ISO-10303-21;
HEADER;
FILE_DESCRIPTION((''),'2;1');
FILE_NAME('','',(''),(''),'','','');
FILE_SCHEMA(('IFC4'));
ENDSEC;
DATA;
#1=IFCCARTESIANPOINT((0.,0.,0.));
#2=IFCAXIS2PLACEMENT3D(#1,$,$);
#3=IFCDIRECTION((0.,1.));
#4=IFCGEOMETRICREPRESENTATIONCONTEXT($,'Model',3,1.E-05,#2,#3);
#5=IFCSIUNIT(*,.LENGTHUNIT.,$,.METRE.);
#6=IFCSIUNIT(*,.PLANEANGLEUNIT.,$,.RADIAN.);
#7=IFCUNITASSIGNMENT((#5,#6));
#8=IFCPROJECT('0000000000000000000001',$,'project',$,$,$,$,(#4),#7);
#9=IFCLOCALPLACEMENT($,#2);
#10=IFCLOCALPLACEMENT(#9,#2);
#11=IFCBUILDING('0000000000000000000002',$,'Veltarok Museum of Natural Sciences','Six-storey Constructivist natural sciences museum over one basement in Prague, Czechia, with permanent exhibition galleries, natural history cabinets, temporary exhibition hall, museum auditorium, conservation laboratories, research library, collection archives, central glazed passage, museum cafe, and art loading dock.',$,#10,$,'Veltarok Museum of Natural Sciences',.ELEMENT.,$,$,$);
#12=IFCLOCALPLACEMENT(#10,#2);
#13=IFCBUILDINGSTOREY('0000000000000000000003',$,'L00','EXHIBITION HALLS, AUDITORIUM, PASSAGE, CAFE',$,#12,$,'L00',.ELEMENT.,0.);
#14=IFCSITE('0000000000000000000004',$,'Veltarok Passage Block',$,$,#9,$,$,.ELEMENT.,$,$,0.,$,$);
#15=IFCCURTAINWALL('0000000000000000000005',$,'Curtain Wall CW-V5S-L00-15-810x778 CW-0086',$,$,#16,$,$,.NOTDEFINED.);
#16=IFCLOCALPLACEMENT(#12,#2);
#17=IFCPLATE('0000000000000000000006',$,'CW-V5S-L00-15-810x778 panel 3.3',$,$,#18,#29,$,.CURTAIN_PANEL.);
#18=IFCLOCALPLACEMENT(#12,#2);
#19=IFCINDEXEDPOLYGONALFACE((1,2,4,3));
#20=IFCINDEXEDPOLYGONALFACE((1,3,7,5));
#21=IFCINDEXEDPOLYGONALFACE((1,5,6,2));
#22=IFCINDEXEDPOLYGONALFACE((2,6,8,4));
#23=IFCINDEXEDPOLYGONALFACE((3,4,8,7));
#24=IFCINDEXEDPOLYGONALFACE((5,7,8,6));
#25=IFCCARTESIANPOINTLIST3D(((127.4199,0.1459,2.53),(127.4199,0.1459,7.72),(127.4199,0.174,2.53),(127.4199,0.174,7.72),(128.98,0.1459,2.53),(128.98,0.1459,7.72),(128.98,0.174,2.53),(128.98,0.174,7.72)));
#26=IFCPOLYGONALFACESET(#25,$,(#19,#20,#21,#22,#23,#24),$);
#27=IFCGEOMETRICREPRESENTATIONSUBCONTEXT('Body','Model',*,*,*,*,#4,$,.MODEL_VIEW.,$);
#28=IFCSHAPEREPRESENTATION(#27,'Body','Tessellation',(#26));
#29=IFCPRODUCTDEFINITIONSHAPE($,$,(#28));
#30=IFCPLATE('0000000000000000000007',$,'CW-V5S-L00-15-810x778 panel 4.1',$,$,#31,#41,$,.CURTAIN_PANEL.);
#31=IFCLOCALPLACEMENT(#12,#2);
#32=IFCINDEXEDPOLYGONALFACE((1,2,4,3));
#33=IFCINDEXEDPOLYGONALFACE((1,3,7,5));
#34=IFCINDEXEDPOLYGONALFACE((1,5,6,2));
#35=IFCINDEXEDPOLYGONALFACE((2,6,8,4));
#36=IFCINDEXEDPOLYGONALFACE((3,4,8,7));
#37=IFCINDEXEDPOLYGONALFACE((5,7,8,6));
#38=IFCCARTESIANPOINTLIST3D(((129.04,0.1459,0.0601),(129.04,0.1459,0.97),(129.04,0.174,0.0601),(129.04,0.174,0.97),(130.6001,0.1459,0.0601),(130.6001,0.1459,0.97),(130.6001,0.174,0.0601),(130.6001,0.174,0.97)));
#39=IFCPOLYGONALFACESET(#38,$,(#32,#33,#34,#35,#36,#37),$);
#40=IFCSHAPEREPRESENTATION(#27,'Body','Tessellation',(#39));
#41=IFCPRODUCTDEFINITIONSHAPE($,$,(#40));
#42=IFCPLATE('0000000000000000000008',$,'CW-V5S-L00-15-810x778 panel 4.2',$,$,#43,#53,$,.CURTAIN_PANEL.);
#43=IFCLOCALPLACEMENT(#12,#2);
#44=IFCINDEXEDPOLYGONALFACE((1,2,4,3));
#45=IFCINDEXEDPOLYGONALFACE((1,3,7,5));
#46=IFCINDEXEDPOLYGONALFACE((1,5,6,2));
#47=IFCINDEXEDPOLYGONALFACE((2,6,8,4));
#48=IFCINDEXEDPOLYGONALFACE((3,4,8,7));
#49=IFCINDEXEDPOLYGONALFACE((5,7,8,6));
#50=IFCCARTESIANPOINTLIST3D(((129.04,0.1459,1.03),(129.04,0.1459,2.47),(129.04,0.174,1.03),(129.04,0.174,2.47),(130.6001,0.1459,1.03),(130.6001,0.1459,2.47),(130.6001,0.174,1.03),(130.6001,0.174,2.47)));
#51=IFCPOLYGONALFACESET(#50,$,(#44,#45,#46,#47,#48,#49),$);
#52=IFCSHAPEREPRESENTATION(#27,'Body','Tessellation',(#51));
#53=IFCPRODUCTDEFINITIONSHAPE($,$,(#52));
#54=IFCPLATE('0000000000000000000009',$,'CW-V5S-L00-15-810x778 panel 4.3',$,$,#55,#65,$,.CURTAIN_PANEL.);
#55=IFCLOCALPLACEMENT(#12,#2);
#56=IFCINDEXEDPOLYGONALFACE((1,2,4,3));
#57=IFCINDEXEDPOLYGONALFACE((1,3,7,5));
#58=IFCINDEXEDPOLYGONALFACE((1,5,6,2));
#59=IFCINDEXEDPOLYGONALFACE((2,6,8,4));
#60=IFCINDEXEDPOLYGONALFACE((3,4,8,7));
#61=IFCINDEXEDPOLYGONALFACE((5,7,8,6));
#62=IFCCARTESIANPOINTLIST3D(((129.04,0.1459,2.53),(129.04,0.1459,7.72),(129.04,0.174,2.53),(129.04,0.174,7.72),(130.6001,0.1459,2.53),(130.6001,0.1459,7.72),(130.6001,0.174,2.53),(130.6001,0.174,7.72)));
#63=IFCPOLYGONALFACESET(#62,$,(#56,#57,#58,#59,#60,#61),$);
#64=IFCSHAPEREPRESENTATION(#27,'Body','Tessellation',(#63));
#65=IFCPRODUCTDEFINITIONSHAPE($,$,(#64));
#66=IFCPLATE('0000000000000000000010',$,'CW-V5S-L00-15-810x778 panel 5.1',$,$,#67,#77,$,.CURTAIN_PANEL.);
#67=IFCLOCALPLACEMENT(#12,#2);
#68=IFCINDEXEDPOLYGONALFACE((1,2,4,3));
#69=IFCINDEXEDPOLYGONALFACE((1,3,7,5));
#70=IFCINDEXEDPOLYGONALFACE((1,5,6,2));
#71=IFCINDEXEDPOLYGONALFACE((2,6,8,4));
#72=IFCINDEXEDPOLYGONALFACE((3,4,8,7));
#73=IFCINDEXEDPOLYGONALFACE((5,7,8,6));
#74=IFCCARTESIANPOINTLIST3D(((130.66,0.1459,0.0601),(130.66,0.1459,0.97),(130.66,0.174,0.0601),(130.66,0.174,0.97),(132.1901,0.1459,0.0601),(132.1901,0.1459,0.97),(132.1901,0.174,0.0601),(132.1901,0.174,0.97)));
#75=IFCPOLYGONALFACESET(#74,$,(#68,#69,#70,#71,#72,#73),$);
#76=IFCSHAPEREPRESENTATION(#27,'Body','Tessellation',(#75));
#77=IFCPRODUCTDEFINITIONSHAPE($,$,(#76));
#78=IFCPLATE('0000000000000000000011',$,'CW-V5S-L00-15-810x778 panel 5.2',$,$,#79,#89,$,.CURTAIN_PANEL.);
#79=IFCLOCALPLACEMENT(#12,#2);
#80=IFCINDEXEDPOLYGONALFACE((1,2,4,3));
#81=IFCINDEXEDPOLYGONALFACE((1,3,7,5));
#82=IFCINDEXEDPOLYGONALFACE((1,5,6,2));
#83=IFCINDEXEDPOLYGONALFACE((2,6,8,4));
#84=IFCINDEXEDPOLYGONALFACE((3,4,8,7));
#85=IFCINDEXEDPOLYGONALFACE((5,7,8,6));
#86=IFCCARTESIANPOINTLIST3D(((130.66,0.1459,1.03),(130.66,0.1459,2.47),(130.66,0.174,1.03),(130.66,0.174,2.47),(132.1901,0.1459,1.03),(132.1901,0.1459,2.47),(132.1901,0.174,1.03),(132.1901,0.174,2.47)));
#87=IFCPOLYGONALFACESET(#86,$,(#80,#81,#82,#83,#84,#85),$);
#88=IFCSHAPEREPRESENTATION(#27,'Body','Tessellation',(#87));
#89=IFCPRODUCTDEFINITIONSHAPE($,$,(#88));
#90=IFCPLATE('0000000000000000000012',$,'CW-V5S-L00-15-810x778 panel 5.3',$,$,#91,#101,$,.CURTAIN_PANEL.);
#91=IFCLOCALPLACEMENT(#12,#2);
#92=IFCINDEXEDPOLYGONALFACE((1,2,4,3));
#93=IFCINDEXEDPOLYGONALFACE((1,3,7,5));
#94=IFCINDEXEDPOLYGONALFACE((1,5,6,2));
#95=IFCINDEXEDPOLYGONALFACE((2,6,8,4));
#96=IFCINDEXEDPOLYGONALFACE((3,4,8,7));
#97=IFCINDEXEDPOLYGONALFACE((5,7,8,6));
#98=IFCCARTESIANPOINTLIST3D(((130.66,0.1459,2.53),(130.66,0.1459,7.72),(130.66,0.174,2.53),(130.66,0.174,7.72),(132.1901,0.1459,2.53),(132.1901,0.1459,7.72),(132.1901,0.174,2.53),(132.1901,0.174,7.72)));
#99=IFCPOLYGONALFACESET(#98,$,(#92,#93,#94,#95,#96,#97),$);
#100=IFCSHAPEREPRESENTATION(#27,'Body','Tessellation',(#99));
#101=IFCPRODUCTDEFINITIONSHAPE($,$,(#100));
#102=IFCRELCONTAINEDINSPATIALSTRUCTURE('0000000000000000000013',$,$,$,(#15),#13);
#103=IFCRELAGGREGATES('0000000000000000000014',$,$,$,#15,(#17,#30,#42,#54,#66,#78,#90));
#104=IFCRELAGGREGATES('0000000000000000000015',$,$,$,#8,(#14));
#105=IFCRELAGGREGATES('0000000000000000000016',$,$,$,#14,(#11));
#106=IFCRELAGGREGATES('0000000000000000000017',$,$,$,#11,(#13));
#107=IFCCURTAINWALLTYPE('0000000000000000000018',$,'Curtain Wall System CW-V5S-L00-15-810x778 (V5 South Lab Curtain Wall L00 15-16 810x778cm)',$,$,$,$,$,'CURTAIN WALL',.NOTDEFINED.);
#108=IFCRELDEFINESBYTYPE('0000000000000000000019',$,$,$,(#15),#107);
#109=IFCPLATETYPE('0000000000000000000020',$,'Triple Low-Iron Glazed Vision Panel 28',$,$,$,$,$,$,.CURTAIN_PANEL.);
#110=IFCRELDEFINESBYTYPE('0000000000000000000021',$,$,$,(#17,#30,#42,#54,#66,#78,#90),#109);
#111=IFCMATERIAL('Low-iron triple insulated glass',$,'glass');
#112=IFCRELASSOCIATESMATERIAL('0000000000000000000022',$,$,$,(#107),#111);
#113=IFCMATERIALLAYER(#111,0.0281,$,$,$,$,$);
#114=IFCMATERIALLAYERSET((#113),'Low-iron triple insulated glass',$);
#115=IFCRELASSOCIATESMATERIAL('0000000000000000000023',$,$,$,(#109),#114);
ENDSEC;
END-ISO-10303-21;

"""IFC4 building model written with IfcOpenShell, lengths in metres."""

from ifc_helpers import new_model, si_unit, direction, frame, origin, origin_2d, place, context, subcontext, project, spatial, rectangle, extrude, material, layer, layer_set, type_object, element, aggregate, save


model = new_model("IFC4")

# Units and contexts
model_context = context("Model", 3, precision=1e-05, world=origin(), true_north=direction((0.0, 1.0)))
body_context = subcontext(model_context, "Body", "Model", "MODEL_VIEW")
ifc_project = project(units=[si_unit("LENGTHUNIT", "METRE"), si_unit("PLANEANGLEUNIT", "RADIAN")], contexts=[model_context])

# Site, building, storey
site_placement = place(None, origin())
site = spatial("IfcSite", under=ifc_project, at=site_placement, Name="Veltarok Passage Block", CompositionType="ELEMENT", RefElevation=0.0)
building_placement = place(site_placement, origin())
building = spatial("IfcBuilding", under=site, at=building_placement, Name="Veltarok Museum of Natural Sciences", Description="Six-storey Constructivist natural sciences museum over one basement in Prague, Czechia, with permanent exhibition galleries, natural history cabinets, temporary exhibition hall, museum auditorium, conservation laboratories, research library, collection archives, central glazed passage, museum cafe, and art loading dock.", LongName="Veltarok Museum of Natural Sciences", CompositionType="ELEMENT")
storey_placement = place(building_placement, origin())
storey = spatial("IfcBuildingStorey", under=building, at=storey_placement, Name="L00", Description="EXHIBITION HALLS, AUDITORIUM, PASSAGE, CAFE", LongName="L00", CompositionType="ELEMENT", Elevation=0.0)

# Curtain wall
ifc_material_1 = material(Name="Low-iron triple insulated glass", Category="glass")
curtain_wall_type = type_object("IfcCurtainWallType", Name="Curtain Wall System CW-V5S-L00-15-810x778 (V5 South Lab Curtain Wall L00 15-16 810x778cm)", ElementType="CURTAIN WALL", PredefinedType="NOTDEFINED", material=ifc_material_1)
curtain_wall_placement = place(storey_placement, origin())
curtain_wall = element("IfcCurtainWall", 1, at=curtain_wall_placement, inside=storey, type_object=curtain_wall_type, Name="Curtain Wall CW-V5S-L00-15-810x778 CW-0086", PredefinedType="NOTDEFINED")

# Plates
ifc_layer = layer(ifc_material_1, 0.0281)
ifc_layer_set = layer_set([ifc_layer], Name="Low-iron triple insulated glass")
plate_type = type_object("IfcPlateType", Name="Triple Low-Iron Glazed Vision Panel 28", PredefinedType="CURTAIN_PANEL", material=ifc_layer_set)
plate_1_placement = place(storey_placement, frame((128.2, 0.1599, 2.53), z_axis=(0.0, 0.0, 1.0), x_axis=(1.0, 0.0, 0.0)))
plate_1 = element("IfcPlate", 2, at=plate_1_placement, type_object=plate_type, Name="CW-V5S-L00-15-810x778 panel 3.3", PredefinedType="CURTAIN_PANEL", context=body_context, shape_type="SweptSolid", body=[
    extrude(rectangle(XDim=1.5601, YDim=0.0281, at=origin_2d()), origin(), (0.0, 0.0, 1.0), 5.1899),
])
plate_2_placement = place(storey_placement, frame((129.8201, 0.1599, 0.0601), z_axis=(0.0, 0.0, 1.0), x_axis=(1.0, 0.0, 0.0)))
plate_2 = element("IfcPlate", 3, at=plate_2_placement, type_object=plate_type, Name="CW-V5S-L00-15-810x778 panel 4.1", PredefinedType="CURTAIN_PANEL", context=body_context, shape_type="SweptSolid", body=[
    extrude(rectangle(XDim=1.5601, YDim=0.0281, at=origin_2d()), origin(), (0.0, 0.0, 1.0), 0.9099),
])
plate_3_placement = place(storey_placement, frame((129.8201, 0.1599, 1.03), z_axis=(0.0, 0.0, 1.0), x_axis=(1.0, 0.0, 0.0)))
plate_3 = element("IfcPlate", 4, at=plate_3_placement, type_object=plate_type, Name="CW-V5S-L00-15-810x778 panel 4.2", PredefinedType="CURTAIN_PANEL", context=body_context, shape_type="SweptSolid", body=[
    extrude(rectangle(XDim=1.5601, YDim=0.0281, at=origin_2d()), origin(), (0.0, 0.0, 1.0), 1.4399),
])
plate_4_placement = place(storey_placement, frame((129.8201, 0.1599, 2.53), z_axis=(0.0, 0.0, 1.0), x_axis=(1.0, 0.0, 0.0)))
plate_4 = element("IfcPlate", 5, at=plate_4_placement, type_object=plate_type, Name="CW-V5S-L00-15-810x778 panel 4.3", PredefinedType="CURTAIN_PANEL", context=body_context, shape_type="SweptSolid", body=[
    extrude(rectangle(XDim=1.5601, YDim=0.0281, at=origin_2d()), origin(), (0.0, 0.0, 1.0), 5.1899),
])
plate_5_placement = place(storey_placement, frame((131.425, 0.1599, 0.0601), z_axis=(0.0, 0.0, 1.0), x_axis=(1.0, 0.0, 0.0)))
plate_5 = element("IfcPlate", 6, at=plate_5_placement, type_object=plate_type, Name="CW-V5S-L00-15-810x778 panel 5.1", PredefinedType="CURTAIN_PANEL", context=body_context, shape_type="SweptSolid", body=[
    extrude(rectangle(XDim=1.53, YDim=0.0281, at=origin_2d()), origin(), (0.0, 0.0, 1.0), 0.9099),
])
plate_6_placement = place(storey_placement, frame((131.425, 0.1599, 1.03), z_axis=(0.0, 0.0, 1.0), x_axis=(1.0, 0.0, 0.0)))
plate_6 = element("IfcPlate", 7, at=plate_6_placement, type_object=plate_type, Name="CW-V5S-L00-15-810x778 panel 5.2", PredefinedType="CURTAIN_PANEL", context=body_context, shape_type="SweptSolid", body=[
    extrude(rectangle(XDim=1.53, YDim=0.0281, at=origin_2d()), origin(), (0.0, 0.0, 1.0), 1.4399),
])
plate_7_placement = place(storey_placement, frame((131.425, 0.1599, 2.53), z_axis=(0.0, 0.0, 1.0), x_axis=(1.0, 0.0, 0.0)))
plate_7 = element("IfcPlate", 8, at=plate_7_placement, type_object=plate_type, Name="CW-V5S-L00-15-810x778 panel 5.3", PredefinedType="CURTAIN_PANEL", context=body_context, shape_type="SweptSolid", body=[
    extrude(rectangle(XDim=1.53, YDim=0.0281, at=origin_2d()), origin(), (0.0, 0.0, 1.0), 5.1899),
])
aggregate(curtain_wall, [plate_1, plate_2, plate_3, plate_4, plate_5, plate_6, plate_7])

save(model, "model.ifc")
